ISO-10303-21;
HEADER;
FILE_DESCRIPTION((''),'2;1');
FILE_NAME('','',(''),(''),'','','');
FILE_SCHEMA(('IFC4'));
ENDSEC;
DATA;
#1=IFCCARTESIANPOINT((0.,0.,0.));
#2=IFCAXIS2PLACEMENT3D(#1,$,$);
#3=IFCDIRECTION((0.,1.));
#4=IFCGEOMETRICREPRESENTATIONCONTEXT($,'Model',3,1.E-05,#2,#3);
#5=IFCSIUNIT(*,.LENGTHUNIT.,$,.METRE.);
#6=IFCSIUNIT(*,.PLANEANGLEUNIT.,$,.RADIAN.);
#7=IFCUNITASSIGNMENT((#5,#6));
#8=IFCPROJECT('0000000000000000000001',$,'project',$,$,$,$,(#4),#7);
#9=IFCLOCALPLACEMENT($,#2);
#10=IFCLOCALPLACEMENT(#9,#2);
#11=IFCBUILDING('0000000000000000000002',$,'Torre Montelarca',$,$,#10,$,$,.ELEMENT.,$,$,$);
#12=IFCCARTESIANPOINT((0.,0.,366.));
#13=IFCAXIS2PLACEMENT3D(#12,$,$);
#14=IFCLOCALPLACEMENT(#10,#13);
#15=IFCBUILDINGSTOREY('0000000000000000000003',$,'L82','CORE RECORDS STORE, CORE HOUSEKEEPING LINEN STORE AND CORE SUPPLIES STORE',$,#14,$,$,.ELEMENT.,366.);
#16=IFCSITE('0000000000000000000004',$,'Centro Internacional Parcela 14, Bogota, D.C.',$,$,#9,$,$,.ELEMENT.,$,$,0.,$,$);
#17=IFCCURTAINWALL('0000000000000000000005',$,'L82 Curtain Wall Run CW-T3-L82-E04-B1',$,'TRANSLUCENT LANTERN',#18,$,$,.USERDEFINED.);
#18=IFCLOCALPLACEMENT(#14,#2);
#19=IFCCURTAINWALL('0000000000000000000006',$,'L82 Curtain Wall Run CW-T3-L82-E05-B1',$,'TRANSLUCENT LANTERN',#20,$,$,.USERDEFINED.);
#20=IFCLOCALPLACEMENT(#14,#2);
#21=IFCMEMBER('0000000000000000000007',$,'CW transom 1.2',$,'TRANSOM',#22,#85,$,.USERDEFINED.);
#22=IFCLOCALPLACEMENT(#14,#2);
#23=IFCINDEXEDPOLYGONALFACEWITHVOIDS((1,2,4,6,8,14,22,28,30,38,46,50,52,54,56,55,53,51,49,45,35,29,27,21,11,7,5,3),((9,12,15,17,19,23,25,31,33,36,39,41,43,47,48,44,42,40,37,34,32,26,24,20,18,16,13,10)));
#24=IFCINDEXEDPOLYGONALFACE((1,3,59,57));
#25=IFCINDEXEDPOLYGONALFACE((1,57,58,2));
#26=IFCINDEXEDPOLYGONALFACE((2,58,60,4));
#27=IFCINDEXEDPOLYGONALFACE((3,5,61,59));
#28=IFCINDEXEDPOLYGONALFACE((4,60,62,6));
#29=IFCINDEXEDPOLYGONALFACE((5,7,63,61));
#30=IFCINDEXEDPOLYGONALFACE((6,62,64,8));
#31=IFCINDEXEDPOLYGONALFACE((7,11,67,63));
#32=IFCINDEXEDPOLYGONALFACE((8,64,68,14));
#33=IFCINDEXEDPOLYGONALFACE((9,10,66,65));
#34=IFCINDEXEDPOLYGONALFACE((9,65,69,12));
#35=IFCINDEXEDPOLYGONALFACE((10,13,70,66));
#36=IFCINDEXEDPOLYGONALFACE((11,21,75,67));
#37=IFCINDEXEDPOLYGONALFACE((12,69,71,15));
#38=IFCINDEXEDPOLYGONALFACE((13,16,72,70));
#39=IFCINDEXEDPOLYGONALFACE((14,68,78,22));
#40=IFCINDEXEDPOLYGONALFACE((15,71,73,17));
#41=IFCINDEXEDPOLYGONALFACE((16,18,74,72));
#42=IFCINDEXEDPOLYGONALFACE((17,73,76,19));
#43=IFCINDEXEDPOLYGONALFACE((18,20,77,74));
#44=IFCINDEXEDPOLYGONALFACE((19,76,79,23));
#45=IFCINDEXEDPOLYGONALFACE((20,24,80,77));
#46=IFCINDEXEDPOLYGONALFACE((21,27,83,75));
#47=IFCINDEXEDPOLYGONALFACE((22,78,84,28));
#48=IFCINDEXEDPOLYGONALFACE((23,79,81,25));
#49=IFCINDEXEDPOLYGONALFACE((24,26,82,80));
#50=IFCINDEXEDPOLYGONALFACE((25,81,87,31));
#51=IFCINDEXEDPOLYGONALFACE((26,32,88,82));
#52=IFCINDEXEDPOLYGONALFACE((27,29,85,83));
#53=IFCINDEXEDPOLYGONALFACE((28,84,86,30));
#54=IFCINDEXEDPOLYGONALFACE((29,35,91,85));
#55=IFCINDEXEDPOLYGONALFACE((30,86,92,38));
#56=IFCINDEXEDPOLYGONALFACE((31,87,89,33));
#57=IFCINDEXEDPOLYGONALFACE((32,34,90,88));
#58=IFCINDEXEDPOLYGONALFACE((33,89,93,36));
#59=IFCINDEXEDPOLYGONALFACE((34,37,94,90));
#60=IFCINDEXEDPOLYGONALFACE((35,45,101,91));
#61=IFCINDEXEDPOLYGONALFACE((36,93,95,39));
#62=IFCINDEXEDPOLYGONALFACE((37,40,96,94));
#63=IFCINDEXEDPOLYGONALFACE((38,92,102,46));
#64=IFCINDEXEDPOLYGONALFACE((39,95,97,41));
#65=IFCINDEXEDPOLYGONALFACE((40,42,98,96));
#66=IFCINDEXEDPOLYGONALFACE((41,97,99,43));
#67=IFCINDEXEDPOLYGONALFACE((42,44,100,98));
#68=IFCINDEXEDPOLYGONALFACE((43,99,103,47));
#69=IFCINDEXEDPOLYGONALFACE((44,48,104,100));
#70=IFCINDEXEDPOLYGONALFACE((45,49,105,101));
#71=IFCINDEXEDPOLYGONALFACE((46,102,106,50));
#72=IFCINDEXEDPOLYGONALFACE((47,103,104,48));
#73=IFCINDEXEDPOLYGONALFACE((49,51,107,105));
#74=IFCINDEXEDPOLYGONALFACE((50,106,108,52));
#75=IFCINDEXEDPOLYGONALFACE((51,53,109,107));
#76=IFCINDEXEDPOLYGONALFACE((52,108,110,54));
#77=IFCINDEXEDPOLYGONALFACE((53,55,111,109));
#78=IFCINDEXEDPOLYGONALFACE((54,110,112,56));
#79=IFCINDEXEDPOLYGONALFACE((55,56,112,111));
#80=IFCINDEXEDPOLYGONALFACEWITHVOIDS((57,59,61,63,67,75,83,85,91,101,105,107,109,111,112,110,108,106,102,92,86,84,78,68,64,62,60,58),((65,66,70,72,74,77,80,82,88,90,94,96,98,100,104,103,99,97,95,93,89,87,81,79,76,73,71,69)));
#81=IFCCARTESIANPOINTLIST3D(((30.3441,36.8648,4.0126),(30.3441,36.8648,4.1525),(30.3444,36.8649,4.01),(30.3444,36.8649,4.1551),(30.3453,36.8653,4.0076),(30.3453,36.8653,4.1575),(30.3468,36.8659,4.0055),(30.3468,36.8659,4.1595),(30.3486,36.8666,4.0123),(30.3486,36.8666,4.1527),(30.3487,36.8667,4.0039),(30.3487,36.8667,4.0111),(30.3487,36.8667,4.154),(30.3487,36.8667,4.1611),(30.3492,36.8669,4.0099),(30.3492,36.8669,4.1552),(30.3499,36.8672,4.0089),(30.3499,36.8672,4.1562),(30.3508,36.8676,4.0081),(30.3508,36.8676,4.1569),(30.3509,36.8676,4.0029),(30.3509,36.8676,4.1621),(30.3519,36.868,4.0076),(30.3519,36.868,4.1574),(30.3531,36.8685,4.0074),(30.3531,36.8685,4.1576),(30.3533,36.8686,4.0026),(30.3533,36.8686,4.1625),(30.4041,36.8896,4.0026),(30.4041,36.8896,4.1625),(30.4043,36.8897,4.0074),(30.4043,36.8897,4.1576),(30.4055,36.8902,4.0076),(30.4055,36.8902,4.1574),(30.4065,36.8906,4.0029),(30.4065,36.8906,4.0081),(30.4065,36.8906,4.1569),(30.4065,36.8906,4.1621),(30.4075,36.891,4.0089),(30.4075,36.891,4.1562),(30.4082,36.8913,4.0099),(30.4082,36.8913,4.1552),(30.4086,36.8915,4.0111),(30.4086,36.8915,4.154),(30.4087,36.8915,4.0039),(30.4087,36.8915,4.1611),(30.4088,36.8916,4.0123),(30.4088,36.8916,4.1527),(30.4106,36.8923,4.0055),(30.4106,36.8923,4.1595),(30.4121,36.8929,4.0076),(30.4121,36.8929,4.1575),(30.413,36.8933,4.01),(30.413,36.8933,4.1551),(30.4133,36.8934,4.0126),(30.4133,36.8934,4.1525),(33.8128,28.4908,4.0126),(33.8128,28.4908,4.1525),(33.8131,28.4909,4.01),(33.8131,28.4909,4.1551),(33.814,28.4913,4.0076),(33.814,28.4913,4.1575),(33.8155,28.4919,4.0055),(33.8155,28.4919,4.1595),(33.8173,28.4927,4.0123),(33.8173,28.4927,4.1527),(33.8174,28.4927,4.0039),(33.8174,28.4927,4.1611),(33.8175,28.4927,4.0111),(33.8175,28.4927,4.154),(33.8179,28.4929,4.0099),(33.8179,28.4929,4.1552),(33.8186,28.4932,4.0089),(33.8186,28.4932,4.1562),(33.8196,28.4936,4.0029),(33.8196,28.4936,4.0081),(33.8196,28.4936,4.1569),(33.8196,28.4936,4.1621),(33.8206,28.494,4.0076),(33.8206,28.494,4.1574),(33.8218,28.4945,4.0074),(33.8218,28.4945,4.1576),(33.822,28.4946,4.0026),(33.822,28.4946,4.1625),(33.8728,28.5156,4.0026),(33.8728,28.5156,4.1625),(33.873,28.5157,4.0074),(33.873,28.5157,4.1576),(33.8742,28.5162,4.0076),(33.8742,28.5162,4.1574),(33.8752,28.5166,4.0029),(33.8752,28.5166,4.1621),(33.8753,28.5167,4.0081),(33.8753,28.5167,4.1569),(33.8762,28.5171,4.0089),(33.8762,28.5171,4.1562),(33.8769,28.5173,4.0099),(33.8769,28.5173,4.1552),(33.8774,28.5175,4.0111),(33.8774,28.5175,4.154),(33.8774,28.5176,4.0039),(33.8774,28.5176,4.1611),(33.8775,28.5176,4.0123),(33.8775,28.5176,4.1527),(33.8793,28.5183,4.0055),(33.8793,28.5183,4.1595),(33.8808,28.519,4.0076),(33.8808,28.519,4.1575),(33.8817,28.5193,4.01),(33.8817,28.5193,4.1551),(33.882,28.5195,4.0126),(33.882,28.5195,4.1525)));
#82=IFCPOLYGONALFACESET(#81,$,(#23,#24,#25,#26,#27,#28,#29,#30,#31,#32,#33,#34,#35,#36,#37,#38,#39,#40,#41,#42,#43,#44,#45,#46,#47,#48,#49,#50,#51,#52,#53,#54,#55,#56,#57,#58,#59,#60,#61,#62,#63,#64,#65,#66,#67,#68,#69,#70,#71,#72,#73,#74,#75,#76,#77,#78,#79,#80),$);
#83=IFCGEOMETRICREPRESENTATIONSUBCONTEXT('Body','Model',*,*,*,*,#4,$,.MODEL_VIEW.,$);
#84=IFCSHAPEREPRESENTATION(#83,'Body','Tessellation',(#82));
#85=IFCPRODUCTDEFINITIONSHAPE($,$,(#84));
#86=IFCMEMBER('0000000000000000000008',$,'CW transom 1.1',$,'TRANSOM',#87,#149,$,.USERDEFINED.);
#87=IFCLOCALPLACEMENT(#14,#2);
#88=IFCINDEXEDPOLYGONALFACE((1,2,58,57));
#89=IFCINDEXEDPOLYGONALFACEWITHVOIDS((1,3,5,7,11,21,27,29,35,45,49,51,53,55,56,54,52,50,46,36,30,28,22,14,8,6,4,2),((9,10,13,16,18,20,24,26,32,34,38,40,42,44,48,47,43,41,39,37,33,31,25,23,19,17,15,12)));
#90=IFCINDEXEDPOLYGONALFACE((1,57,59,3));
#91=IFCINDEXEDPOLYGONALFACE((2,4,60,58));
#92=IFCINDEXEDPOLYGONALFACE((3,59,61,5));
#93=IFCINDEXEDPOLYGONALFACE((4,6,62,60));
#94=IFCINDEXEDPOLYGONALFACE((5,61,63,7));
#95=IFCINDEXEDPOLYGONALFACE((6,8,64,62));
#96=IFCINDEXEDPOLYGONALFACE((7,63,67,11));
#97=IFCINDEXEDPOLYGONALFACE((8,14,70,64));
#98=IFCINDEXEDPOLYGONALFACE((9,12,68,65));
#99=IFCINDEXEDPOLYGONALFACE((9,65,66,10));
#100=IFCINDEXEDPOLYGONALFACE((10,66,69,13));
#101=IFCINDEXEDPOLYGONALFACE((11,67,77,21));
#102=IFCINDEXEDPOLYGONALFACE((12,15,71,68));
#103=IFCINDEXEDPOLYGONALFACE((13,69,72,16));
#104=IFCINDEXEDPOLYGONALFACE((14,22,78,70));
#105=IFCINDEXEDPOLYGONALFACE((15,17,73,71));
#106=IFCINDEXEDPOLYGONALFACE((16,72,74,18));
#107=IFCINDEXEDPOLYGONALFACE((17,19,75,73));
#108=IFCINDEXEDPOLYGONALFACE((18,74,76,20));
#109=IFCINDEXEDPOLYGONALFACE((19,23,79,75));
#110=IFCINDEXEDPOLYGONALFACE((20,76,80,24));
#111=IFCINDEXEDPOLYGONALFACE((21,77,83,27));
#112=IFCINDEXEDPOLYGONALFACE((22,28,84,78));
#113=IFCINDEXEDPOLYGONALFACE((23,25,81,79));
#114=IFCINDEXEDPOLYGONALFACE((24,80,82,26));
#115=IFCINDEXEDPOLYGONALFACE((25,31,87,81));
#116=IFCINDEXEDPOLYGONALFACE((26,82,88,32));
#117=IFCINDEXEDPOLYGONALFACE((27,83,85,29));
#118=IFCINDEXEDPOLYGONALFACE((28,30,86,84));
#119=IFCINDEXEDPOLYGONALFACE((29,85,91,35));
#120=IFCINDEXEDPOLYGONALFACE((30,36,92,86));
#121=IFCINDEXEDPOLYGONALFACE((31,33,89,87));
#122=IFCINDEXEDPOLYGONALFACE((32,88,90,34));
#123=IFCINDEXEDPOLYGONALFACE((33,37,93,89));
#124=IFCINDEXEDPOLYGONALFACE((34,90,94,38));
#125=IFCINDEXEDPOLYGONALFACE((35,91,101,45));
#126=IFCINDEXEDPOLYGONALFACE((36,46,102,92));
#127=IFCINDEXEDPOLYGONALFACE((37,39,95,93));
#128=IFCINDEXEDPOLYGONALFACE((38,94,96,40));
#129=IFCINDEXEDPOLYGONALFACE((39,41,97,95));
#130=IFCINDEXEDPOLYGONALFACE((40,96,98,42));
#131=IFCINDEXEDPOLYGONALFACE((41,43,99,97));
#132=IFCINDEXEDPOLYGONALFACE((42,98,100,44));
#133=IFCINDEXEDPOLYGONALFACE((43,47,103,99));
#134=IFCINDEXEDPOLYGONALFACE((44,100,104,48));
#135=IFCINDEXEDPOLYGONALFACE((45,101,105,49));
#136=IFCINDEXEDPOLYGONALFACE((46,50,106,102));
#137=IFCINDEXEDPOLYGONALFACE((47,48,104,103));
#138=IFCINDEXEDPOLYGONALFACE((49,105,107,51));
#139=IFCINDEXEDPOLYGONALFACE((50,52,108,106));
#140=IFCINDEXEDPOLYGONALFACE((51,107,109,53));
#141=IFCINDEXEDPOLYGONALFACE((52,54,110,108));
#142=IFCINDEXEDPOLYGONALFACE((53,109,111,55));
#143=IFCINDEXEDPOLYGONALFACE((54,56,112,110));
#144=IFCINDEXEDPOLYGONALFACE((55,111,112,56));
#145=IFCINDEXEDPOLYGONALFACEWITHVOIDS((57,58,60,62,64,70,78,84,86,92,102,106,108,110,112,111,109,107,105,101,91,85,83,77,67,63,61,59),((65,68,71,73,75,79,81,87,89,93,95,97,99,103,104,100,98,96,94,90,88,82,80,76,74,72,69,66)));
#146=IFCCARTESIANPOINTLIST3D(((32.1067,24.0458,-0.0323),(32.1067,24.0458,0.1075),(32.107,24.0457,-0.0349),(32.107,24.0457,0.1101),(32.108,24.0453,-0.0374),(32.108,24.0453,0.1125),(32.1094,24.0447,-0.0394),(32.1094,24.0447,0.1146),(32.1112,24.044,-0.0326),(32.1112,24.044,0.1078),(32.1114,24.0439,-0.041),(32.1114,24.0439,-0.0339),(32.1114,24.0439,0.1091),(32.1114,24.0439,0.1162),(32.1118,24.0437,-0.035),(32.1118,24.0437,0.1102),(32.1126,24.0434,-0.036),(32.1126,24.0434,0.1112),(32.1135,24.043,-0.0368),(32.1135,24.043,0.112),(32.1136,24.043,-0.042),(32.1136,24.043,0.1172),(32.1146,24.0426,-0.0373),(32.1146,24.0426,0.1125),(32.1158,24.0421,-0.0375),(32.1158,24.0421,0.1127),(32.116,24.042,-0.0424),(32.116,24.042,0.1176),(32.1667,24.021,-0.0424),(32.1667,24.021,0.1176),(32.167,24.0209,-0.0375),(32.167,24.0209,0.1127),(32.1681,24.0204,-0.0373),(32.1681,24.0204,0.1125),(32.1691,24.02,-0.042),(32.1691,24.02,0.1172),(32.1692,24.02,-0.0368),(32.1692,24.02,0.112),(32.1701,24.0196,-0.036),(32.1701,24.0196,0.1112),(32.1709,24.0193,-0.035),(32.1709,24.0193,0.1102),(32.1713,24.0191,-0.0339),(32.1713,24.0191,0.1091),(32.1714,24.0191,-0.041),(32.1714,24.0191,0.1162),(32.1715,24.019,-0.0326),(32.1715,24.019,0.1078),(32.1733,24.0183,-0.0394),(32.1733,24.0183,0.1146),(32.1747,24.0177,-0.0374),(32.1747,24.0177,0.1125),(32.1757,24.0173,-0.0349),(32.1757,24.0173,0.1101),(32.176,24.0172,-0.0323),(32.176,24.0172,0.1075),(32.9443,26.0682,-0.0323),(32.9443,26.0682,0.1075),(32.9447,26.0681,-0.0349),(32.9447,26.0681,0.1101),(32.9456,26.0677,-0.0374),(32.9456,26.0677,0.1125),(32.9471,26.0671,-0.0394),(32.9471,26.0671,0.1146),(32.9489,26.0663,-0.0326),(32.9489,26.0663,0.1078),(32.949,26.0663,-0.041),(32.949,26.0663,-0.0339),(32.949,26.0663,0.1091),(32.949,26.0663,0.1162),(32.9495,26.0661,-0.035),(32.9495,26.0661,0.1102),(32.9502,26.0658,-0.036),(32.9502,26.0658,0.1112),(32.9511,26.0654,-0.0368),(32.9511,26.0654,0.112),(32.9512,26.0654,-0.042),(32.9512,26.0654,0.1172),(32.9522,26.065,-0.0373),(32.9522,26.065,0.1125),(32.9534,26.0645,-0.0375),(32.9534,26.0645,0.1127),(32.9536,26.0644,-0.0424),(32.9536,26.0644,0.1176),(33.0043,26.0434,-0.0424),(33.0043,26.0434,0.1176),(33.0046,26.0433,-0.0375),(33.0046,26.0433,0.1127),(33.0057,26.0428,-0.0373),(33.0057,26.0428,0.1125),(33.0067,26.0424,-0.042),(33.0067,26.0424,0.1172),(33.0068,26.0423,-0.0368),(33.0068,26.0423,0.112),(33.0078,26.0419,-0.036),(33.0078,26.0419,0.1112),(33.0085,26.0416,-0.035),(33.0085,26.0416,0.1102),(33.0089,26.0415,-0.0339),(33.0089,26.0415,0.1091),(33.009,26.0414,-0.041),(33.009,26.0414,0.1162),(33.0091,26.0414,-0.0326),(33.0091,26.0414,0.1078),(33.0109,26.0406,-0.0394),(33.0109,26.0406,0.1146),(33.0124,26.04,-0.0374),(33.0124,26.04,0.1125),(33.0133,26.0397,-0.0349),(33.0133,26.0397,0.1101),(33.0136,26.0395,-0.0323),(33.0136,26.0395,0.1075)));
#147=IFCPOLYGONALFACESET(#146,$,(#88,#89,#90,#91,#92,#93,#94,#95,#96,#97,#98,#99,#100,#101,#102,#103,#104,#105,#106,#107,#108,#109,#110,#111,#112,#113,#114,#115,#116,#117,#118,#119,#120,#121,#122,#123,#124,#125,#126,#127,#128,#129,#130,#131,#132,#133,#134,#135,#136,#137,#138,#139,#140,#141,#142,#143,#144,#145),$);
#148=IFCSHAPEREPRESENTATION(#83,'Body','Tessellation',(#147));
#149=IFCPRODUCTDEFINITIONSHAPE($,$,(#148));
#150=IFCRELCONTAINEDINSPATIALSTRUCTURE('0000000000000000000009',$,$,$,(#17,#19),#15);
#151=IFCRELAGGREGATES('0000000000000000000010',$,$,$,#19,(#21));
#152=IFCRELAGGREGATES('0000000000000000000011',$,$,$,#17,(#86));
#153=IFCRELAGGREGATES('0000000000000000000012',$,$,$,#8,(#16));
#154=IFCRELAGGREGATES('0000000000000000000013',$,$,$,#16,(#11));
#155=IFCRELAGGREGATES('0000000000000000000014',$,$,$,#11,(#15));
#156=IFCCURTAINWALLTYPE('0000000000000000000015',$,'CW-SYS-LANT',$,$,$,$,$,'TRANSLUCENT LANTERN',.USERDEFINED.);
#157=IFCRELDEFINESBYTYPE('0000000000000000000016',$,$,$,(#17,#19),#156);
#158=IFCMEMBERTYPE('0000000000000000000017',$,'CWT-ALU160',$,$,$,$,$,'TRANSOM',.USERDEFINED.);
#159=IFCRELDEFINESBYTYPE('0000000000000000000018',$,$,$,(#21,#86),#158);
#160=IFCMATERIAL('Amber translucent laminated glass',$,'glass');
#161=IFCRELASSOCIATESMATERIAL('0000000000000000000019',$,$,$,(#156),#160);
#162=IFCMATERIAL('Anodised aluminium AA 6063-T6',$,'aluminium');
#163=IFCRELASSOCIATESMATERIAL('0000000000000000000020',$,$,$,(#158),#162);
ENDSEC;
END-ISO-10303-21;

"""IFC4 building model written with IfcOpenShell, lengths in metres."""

from ifc_helpers import new_model, si_unit, direction, frame, origin, origin_2d, place, context, subcontext, project, spatial, hollow_rectangle, extrude, source, transform, mapped, material, material_profile, profile_set, type_object, element, aggregate, save


model = new_model("IFC4")

# Units and contexts
model_context = context("Model", 3, precision=1e-05, world=origin(), true_north=direction((0.0, 1.0)))
body_context = subcontext(model_context, "Body", "Model", "MODEL_VIEW")
ifc_project = project(units=[si_unit("LENGTHUNIT", "METRE"), si_unit("PLANEANGLEUNIT", "RADIAN")], contexts=[model_context])

# Site, building, storey
site_placement = place(None, origin())
site = spatial("IfcSite", under=ifc_project, at=site_placement, Name="Centro Internacional Parcela 14, Bogota, D.C.", CompositionType="ELEMENT", RefElevation=0.0)
building_placement = place(site_placement, origin())
building = spatial("IfcBuilding", under=site, at=building_placement, Name="Torre Montelarca", CompositionType="ELEMENT")
storey_placement = place(building_placement, frame((0.0, 0.0, 366.0)))
storey = spatial("IfcBuildingStorey", under=building, at=storey_placement, Name="L82", Description="CORE RECORDS STORE, CORE HOUSEKEEPING LINEN STORE AND CORE SUPPLIES STORE", CompositionType="ELEMENT", Elevation=366.0)

# Curtain walls, member
ifc_material_1 = material(Name="Amber translucent laminated glass", Category="glass")
curtain_wall_type = type_object("IfcCurtainWallType", Name="CW-SYS-LANT", ElementType="TRANSLUCENT LANTERN", PredefinedType="USERDEFINED", material=ifc_material_1)
ifc_material_2 = material(Name="Anodised aluminium AA 6063-T6", Category="aluminium")
curtain_wall_1_placement = place(storey_placement, origin())
curtain_wall_1 = element("IfcCurtainWall", 1, at=curtain_wall_1_placement, inside=storey, type_object=curtain_wall_type, Name="L82 Curtain Wall Run CW-T3-L82-E04-B1", ObjectType="TRANSLUCENT LANTERN", PredefinedType="USERDEFINED")
curtain_wall_2_placement = place(storey_placement, origin())
curtain_wall_2 = element("IfcCurtainWall", 2, at=curtain_wall_2_placement, inside=storey, type_object=curtain_wall_type, Name="L82 Curtain Wall Run CW-T3-L82-E05-B1", ObjectType="TRANSLUCENT LANTERN", PredefinedType="USERDEFINED")
ifc_material_profile_1 = material_profile(ifc_material_2, hollow_rectangle(XDim=0.075, YDim=0.1599, WallThickness=0.0049, InnerFilletRadius=0.0049, OuterFilletRadius=0.01, at=origin_2d()), Name="ALU75X160X5", Category="aluminium")
ifc_profile_set_1 = profile_set([ifc_material_profile_1], Name="Anodised aluminium AA 6063-T6")
member_type_1 = type_object("IfcMemberType", Name="CWT-ALU160", ElementType="TRANSOM", PredefinedType="USERDEFINED", material=ifc_profile_set_1)
shared_shape_1 = source(origin(), body_context, "Body", "SweptSolid", [
    extrude(hollow_rectangle(XDim=0.075, YDim=0.1599, WallThickness=0.0049, InnerFilletRadius=0.0049, OuterFilletRadius=0.01, at=origin_2d()), origin(), (0.0, 0.0, 1.0), 9.064),
])
member_1_placement = place(storey_placement, frame((33.8474, 28.5051, 4.0825), z_axis=(-0.382694, 0.923875, 0.0), x_axis=(-0.923875, -0.382694, 0.0)))
member_1 = element("IfcMember", 3, at=member_1_placement, type_object=member_type_1, Name="CW transom 1.2", ObjectType="TRANSOM", PredefinedType="USERDEFINED", context=body_context, shape_type="MappedRepresentation", body=[
    mapped(shared_shape_1, transform((0.0, 0.0, 0.0), scale=1.0)),
])
aggregate(curtain_wall_2, [member_1])

# Member
shared_shape_2 = source(origin(), body_context, "Body", "SweptSolid", [
    extrude(hollow_rectangle(XDim=0.075, YDim=0.1599, WallThickness=0.0049, InnerFilletRadius=0.0049, OuterFilletRadius=0.01, at=origin_2d()), origin(), (0.0, 0.0, 1.0), 2.189),
])
member_2_placement = place(storey_placement, frame((32.1414, 24.0315, 0.0376), z_axis=(0.382651, 0.923893, 0.0), x_axis=(-0.923893, 0.382651, 0.0)))
member_2 = element("IfcMember", 4, at=member_2_placement, type_object=member_type_1, Name="CW transom 1.1", ObjectType="TRANSOM", PredefinedType="USERDEFINED", context=body_context, shape_type="MappedRepresentation", body=[
    mapped(shared_shape_2, transform((0.0, 0.0, 0.0), scale=1.0)),
])

aggregate(curtain_wall_1, [member_2])

save(model, "model.ifc")
